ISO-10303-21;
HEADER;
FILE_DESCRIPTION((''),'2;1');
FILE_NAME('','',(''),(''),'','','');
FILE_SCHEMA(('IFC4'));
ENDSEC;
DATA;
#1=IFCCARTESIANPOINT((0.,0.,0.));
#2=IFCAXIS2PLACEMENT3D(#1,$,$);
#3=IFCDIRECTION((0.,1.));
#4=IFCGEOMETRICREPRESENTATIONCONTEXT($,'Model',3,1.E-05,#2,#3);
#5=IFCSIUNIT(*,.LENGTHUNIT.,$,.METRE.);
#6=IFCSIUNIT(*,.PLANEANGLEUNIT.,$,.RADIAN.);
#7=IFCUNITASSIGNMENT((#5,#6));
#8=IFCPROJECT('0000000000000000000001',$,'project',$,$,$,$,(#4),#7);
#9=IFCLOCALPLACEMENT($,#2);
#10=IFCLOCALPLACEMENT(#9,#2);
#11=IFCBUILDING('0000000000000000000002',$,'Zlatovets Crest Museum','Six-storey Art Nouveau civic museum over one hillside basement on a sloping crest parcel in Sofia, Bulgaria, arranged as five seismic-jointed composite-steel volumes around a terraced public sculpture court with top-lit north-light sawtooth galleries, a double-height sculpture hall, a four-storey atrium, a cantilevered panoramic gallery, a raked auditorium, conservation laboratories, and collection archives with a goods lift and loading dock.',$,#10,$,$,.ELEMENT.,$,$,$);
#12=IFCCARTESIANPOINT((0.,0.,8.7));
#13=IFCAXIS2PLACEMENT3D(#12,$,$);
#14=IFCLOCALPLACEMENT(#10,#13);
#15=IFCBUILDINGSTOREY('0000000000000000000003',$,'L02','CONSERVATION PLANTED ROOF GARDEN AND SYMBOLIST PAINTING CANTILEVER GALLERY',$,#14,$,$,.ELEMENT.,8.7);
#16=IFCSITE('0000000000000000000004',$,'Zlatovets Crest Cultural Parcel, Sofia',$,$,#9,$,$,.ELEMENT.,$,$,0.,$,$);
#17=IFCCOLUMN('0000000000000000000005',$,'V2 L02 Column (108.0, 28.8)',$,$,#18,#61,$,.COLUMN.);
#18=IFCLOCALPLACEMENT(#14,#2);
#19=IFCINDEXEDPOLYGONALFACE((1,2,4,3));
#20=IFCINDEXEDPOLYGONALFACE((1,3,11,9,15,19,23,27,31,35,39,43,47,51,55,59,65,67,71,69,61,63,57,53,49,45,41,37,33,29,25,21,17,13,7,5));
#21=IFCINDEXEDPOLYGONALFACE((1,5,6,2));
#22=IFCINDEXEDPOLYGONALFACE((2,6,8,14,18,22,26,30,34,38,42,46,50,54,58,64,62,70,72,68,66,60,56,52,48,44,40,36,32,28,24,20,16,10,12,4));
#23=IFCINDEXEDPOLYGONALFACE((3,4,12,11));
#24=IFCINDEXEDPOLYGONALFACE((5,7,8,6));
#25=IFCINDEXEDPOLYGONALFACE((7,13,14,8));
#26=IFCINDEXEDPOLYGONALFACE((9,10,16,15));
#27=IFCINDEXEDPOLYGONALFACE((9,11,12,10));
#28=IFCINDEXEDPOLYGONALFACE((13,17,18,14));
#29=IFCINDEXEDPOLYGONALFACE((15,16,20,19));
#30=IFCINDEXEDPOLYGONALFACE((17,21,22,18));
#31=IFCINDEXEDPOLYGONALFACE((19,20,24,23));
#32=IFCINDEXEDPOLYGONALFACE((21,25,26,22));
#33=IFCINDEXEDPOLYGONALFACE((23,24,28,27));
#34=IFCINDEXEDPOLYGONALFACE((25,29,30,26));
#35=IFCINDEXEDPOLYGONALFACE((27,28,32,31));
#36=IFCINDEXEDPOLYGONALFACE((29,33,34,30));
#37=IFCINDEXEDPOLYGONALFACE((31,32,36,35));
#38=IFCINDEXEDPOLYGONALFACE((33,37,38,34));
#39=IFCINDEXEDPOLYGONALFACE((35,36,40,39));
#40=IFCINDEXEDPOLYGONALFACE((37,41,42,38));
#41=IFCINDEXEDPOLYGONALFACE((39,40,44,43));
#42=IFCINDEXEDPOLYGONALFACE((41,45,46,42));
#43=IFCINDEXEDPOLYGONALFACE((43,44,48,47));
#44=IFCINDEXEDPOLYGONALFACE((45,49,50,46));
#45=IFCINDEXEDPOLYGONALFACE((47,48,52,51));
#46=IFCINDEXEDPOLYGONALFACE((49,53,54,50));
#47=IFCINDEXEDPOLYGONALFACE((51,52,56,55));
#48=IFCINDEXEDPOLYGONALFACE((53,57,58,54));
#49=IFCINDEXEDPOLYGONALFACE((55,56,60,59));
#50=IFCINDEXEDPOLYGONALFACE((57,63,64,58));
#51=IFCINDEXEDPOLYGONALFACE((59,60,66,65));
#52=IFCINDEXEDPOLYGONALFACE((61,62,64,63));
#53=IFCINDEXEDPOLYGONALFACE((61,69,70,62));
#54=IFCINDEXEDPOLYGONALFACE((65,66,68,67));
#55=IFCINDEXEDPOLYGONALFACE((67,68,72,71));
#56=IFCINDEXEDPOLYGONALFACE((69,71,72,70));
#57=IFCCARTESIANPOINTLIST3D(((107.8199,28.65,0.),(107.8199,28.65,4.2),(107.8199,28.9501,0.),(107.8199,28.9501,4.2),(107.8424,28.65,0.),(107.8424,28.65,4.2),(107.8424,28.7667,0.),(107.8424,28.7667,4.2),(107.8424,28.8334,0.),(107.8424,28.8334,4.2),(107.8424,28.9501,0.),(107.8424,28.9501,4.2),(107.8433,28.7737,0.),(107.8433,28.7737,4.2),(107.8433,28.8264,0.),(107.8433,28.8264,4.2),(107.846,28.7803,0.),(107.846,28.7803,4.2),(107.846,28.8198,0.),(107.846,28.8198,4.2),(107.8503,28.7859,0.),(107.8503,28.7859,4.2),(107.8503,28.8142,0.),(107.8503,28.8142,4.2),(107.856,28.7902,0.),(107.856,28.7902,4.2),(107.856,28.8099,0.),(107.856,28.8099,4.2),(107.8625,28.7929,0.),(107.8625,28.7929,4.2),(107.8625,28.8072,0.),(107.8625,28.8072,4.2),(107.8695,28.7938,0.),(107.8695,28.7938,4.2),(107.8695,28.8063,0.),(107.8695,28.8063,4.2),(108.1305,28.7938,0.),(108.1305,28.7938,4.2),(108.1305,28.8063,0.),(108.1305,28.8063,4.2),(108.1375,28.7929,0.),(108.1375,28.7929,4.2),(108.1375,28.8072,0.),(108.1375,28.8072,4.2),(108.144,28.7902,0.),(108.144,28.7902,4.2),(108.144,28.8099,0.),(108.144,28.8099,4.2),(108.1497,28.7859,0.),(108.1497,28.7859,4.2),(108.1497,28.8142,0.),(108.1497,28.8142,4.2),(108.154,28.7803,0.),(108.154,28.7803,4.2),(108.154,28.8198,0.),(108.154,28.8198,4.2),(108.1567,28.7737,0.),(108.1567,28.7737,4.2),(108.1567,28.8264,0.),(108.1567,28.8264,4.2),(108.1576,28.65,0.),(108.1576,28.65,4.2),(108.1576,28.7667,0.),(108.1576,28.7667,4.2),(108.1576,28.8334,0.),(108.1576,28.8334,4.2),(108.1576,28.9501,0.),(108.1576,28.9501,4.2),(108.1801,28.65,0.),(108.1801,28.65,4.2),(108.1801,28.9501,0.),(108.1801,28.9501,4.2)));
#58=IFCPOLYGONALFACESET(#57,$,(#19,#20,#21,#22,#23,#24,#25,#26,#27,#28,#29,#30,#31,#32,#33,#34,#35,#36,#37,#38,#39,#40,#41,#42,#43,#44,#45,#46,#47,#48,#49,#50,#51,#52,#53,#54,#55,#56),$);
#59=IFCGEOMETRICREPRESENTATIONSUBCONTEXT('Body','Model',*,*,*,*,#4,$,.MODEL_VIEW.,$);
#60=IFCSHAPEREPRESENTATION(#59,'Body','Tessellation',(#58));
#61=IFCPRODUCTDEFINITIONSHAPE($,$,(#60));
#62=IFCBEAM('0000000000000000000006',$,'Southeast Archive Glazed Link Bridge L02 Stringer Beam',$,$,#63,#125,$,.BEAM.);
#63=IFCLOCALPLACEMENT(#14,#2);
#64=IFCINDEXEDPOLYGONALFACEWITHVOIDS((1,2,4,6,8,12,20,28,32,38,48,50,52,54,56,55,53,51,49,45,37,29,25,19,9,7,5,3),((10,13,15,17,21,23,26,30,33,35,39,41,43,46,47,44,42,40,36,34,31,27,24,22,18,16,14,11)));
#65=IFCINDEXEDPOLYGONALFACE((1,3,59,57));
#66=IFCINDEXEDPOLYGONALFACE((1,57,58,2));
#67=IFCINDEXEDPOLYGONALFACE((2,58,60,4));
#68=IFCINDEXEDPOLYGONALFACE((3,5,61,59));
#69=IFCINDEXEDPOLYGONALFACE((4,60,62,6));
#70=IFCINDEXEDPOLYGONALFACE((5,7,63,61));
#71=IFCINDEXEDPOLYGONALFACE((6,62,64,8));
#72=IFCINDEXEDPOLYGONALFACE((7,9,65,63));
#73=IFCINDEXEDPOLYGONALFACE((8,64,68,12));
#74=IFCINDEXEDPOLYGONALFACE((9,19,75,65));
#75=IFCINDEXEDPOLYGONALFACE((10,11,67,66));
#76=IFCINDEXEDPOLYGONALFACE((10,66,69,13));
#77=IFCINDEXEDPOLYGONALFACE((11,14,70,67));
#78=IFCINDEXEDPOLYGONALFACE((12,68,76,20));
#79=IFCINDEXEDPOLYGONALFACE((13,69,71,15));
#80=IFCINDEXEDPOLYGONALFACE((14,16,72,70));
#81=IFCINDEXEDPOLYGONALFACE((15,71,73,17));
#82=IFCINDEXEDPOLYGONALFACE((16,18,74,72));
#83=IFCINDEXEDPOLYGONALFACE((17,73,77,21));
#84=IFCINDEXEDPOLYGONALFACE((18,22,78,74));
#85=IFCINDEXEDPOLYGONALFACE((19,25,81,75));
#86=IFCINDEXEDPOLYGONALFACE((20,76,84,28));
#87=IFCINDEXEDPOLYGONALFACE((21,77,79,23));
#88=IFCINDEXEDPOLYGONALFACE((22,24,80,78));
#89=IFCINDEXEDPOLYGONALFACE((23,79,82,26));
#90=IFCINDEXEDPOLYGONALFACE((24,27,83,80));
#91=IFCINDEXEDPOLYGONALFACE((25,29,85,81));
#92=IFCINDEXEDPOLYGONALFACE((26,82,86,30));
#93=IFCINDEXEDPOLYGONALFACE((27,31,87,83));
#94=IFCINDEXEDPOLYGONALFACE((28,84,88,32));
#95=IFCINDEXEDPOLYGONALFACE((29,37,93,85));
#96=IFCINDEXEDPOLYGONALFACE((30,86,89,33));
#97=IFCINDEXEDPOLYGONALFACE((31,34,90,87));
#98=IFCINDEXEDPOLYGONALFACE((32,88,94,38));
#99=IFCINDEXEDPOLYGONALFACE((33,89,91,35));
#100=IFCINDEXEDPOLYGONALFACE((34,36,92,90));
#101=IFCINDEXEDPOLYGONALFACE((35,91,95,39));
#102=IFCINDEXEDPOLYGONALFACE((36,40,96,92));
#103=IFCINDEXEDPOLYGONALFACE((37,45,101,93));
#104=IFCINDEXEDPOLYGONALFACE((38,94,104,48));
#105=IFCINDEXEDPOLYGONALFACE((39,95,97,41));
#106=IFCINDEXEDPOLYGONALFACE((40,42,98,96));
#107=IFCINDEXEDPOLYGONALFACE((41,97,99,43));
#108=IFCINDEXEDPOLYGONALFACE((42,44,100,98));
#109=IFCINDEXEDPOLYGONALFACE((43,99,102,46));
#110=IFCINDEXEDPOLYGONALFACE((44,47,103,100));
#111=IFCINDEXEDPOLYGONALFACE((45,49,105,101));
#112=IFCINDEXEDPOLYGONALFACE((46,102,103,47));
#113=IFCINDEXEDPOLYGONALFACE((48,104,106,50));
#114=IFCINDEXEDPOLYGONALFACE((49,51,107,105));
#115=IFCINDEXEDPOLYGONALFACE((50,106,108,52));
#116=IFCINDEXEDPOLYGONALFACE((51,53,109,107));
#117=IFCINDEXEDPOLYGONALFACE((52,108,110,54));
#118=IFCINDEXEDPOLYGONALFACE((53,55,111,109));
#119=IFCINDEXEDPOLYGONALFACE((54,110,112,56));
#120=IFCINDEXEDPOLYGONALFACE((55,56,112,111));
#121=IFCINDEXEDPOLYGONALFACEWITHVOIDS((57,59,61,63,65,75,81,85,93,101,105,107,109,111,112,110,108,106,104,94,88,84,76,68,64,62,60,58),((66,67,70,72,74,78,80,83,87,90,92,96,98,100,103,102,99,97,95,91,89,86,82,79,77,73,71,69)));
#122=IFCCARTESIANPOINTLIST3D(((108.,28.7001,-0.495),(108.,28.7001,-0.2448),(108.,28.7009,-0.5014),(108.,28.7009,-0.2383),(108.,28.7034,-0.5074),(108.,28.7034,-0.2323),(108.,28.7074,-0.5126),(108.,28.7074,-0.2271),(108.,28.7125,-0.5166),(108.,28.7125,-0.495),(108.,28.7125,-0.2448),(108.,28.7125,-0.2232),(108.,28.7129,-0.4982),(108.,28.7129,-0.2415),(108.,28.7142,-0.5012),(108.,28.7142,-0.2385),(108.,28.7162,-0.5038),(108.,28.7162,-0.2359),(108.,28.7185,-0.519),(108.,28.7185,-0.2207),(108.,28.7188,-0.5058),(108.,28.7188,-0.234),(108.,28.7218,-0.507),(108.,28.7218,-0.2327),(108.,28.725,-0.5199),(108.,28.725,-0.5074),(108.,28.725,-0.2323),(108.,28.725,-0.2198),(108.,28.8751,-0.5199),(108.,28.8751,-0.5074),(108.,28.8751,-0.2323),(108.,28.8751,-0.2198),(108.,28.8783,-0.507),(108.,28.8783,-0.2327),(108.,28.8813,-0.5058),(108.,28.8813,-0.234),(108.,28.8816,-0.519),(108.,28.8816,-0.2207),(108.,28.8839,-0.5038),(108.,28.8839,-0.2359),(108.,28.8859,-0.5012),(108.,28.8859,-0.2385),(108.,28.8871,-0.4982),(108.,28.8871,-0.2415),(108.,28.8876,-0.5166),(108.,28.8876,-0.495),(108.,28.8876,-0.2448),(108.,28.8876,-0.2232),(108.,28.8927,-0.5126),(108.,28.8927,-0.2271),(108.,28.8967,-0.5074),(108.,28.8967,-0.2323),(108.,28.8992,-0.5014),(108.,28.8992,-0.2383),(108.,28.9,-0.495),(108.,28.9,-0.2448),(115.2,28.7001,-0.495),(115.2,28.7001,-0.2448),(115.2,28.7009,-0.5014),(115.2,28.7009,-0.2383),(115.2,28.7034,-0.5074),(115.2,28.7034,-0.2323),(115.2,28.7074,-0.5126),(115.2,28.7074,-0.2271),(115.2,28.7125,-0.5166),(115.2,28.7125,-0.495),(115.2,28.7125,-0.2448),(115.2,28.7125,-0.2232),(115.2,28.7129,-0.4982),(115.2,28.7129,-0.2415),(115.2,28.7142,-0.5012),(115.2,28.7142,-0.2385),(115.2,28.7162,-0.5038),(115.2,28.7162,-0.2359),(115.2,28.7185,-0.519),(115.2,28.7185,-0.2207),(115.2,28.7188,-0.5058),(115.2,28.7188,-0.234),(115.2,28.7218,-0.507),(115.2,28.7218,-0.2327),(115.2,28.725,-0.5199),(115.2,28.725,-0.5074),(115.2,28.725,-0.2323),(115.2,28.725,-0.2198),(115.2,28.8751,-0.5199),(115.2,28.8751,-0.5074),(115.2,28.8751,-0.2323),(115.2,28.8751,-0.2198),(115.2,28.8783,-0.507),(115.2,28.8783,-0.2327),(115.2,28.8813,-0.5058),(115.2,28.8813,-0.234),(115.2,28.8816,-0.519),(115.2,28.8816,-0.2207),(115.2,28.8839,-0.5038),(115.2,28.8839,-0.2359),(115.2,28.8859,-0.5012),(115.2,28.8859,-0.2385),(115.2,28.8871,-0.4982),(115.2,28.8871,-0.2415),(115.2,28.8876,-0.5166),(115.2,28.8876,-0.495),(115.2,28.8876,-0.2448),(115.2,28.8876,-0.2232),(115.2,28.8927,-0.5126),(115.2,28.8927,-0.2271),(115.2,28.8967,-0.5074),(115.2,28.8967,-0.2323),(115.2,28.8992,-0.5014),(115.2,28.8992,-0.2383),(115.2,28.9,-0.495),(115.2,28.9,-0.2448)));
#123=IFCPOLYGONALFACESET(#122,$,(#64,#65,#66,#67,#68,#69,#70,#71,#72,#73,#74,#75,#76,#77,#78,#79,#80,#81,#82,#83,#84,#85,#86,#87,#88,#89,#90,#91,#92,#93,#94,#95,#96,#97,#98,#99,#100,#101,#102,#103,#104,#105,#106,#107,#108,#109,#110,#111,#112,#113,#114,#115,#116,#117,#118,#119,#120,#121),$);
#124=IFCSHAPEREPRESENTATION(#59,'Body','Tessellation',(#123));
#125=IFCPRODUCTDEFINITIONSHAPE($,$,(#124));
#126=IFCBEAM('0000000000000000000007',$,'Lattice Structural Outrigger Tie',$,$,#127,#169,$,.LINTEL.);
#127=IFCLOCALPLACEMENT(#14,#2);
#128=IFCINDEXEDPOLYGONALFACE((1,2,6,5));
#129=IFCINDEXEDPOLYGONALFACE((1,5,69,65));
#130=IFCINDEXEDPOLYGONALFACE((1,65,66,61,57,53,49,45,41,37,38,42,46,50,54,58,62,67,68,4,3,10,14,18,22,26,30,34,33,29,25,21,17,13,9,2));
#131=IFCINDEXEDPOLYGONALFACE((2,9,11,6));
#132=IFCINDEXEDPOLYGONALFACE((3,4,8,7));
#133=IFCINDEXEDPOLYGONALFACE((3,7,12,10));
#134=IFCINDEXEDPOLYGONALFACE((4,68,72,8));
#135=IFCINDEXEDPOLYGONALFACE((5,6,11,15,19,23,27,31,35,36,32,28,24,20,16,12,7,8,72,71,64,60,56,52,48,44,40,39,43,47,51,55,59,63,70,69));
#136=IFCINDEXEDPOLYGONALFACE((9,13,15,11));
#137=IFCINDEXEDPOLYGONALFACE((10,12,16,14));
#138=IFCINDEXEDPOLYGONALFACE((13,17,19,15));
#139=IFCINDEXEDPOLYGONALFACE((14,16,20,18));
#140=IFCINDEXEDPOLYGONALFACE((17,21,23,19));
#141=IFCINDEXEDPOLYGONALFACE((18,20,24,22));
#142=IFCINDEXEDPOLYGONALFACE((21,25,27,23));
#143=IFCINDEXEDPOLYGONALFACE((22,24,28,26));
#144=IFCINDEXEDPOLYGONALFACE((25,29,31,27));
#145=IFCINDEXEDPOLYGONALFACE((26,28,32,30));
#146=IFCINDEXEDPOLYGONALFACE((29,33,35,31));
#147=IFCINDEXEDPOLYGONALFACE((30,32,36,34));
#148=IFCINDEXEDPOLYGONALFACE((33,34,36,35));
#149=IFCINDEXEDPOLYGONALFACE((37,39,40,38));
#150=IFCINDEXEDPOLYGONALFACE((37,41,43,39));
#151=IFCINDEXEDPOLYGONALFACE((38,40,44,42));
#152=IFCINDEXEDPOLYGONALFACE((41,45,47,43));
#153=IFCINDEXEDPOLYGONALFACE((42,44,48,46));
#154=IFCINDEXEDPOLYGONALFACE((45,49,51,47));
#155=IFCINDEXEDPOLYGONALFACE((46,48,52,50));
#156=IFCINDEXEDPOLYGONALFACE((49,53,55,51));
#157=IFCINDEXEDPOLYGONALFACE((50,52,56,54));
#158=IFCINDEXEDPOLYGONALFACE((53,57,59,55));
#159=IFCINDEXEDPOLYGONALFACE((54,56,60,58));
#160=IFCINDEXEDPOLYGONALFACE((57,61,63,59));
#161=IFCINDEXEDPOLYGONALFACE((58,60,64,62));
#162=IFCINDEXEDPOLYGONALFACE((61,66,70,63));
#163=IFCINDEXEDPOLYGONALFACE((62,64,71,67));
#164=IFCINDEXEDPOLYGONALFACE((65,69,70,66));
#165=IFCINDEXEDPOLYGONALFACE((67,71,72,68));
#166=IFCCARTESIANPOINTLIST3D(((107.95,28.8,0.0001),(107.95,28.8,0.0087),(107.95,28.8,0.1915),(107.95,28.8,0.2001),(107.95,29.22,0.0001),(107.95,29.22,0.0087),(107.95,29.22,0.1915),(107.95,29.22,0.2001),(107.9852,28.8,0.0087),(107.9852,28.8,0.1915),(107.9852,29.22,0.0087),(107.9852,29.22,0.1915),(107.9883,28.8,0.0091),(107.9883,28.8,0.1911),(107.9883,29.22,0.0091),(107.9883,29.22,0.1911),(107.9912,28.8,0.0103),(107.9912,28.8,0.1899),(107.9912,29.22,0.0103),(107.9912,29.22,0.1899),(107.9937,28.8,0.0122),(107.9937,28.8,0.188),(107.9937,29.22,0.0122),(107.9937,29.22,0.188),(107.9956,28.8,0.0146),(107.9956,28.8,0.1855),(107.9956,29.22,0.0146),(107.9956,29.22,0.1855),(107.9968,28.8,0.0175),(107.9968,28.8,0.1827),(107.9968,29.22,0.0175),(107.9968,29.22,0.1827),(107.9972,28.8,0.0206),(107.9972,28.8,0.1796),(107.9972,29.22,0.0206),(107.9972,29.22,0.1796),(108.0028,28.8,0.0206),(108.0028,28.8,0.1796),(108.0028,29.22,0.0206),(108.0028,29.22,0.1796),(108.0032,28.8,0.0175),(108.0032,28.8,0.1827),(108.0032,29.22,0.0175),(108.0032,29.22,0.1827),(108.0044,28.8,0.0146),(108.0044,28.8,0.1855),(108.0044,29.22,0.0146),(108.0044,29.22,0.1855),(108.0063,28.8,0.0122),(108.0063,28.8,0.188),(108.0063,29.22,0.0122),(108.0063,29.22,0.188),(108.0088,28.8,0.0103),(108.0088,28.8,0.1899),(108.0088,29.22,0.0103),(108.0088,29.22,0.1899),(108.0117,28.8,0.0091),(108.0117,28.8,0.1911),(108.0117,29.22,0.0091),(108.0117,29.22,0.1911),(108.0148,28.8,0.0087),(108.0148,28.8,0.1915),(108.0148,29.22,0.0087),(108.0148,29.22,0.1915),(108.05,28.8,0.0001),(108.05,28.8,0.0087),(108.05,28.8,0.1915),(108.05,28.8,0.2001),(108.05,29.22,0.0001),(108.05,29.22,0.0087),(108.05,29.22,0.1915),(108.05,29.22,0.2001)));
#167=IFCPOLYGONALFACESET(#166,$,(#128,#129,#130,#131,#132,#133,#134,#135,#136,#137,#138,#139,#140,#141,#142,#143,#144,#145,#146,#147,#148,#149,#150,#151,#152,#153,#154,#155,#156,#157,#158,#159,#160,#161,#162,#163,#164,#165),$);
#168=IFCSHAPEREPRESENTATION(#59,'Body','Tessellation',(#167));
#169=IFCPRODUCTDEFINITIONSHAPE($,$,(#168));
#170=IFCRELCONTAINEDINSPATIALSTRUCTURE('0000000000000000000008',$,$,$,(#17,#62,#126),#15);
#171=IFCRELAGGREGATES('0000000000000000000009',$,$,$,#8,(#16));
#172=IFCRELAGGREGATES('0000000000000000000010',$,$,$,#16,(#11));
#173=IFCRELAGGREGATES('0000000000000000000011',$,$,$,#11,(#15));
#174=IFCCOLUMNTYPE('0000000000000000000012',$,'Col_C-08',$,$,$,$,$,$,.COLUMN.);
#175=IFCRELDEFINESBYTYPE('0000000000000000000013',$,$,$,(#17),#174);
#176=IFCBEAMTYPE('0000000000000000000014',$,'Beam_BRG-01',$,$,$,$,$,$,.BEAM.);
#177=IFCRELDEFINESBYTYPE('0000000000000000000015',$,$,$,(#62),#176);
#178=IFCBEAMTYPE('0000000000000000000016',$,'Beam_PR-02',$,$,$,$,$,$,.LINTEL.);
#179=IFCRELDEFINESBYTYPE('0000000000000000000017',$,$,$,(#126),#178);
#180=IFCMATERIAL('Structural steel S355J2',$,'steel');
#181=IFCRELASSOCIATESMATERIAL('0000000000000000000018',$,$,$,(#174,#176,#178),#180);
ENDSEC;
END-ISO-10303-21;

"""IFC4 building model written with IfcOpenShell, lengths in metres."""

from ifc_helpers import new_model, si_unit, direction, frame, origin, origin_2d, place, context, subcontext, project, spatial, hollow_rectangle, i_section, extrude, material, material_profile, profile_set, type_object, element, save


model = new_model("IFC4")

# Units and contexts
model_context = context("Model", 3, precision=1e-05, world=origin(), true_north=direction((0.0, 1.0)))
body_context = subcontext(model_context, "Body", "Model", "MODEL_VIEW")
ifc_project = project(units=[si_unit("LENGTHUNIT", "METRE"), si_unit("PLANEANGLEUNIT", "RADIAN")], contexts=[model_context])

# Site, building, storey
site_placement = place(None, origin())
site = spatial("IfcSite", under=ifc_project, at=site_placement, Name="Zlatovets Crest Cultural Parcel, Sofia", CompositionType="ELEMENT", RefElevation=0.0)
building_placement = place(site_placement, origin())
building = spatial("IfcBuilding", under=site, at=building_placement, Name="Zlatovets Crest Museum", Description="Six-storey Art Nouveau civic museum over one hillside basement on a sloping crest parcel in Sofia, Bulgaria, arranged as five seismic-jointed composite-steel volumes around a terraced public sculpture court with top-lit north-light sawtooth galleries, a double-height sculpture hall, a four-storey atrium, a cantilevered panoramic gallery, a raked auditorium, conservation laboratories, and collection archives with a goods lift and loading dock.", CompositionType="ELEMENT")
storey_placement = place(building_placement, frame((0.0, 0.0, 8.7)))
storey = spatial("IfcBuildingStorey", under=building, at=storey_placement, Name="L02", Description="CONSERVATION PLANTED ROOF GARDEN AND SYMBOLIST PAINTING CANTILEVER GALLERY", CompositionType="ELEMENT", Elevation=8.7)

# Column
ifc_material_1 = material(Name="Structural steel S355J2", Category="steel")
ifc_material_profile_1 = material_profile(ifc_material_1, i_section(OverallWidth=0.3, OverallDepth=0.3601, WebThickness=0.0125, FlangeThickness=0.0225, FilletRadius=0.0271, at=origin_2d()), Name="HEB 360")
ifc_profile_set_1 = profile_set([ifc_material_profile_1], Name="Structural steel S355J2")
column_type = type_object("IfcColumnType", Name="Col_C-08", PredefinedType="COLUMN", material=ifc_profile_set_1)
column_placement = place(storey_placement, frame((108.0, 28.8, 0.0), z_axis=(0.0, 0.0, 1.0), x_axis=(0.0, 1.0, 0.0)))
element("IfcColumn", 1, at=column_placement, inside=storey, type_object=column_type, Name="V2 L02 Column (108.0, 28.8)", PredefinedType="COLUMN", context=body_context, shape_type="SweptSolid", body=[
    extrude(i_section(OverallWidth=0.3, OverallDepth=0.3601, WebThickness=0.0125, FlangeThickness=0.0225, FilletRadius=0.0271, at=origin_2d()), origin(), (0.0, 0.0, 1.0), 4.2),
])

# Beams
ifc_material_profile_2 = material_profile(ifc_material_1, hollow_rectangle(XDim=0.2, YDim=0.3, WallThickness=0.0125, InnerFilletRadius=0.0125, OuterFilletRadius=0.0249, at=origin_2d()), Name="RHS 200x300x12.5")
ifc_profile_set_2 = profile_set([ifc_material_profile_2], Name="Structural steel S355J2")
beam_type_1 = type_object("IfcBeamType", Name="Beam_BRG-01", PredefinedType="BEAM", material=ifc_profile_set_2)
beam_placement = place(storey_placement, frame((108.0, 28.8, -0.3699), z_axis=(1.0, 0.0, 0.0), x_axis=(0.0, 1.0, 0.0)))
element("IfcBeam", 2, at=beam_placement, inside=storey, type_object=beam_type_1, Name="Southeast Archive Glazed Link Bridge L02 Stringer Beam", PredefinedType="BEAM", context=body_context, shape_type="SweptSolid", body=[
    extrude(hollow_rectangle(XDim=0.2, YDim=0.3, WallThickness=0.0125, InnerFilletRadius=0.0125, OuterFilletRadius=0.0249, at=origin_2d()), origin(), (0.0, 0.0, 1.0), 7.2),
])
ifc_material_profile_3 = material_profile(ifc_material_1, i_section(OverallWidth=0.1001, OverallDepth=0.2, WebThickness=0.0056, FlangeThickness=0.0085, FilletRadius=0.012, at=origin_2d()), Name="IPE 200")
ifc_profile_set_3 = profile_set([ifc_material_profile_3], Name="Structural steel S355J2")
beam_type_2 = type_object("IfcBeamType", Name="Beam_PR-02", PredefinedType="LINTEL", material=ifc_profile_set_3)
for number, where, z_axis, x_axis, name in (
    (3, (108.0, 28.8, 0.1001), (0.0, 1.0, 0.0), (-1.0, 0.0, 0.0), "Lattice Structural Outrigger Tie"),
):
    element("IfcBeam", number, at=place(storey_placement, frame(where, z_axis=z_axis, x_axis=x_axis)), inside=storey, type_object=beam_type_2, Name=name, PredefinedType="LINTEL", context=body_context, shape_type="SweptSolid", body=[
        extrude(i_section(OverallWidth=0.1001, OverallDepth=0.2, WebThickness=0.0056, FlangeThickness=0.0085, FilletRadius=0.012, at=origin_2d()), origin(), (0.0, 0.0, 1.0), 0.4199),
    ])

save(model, "model.ifc")
